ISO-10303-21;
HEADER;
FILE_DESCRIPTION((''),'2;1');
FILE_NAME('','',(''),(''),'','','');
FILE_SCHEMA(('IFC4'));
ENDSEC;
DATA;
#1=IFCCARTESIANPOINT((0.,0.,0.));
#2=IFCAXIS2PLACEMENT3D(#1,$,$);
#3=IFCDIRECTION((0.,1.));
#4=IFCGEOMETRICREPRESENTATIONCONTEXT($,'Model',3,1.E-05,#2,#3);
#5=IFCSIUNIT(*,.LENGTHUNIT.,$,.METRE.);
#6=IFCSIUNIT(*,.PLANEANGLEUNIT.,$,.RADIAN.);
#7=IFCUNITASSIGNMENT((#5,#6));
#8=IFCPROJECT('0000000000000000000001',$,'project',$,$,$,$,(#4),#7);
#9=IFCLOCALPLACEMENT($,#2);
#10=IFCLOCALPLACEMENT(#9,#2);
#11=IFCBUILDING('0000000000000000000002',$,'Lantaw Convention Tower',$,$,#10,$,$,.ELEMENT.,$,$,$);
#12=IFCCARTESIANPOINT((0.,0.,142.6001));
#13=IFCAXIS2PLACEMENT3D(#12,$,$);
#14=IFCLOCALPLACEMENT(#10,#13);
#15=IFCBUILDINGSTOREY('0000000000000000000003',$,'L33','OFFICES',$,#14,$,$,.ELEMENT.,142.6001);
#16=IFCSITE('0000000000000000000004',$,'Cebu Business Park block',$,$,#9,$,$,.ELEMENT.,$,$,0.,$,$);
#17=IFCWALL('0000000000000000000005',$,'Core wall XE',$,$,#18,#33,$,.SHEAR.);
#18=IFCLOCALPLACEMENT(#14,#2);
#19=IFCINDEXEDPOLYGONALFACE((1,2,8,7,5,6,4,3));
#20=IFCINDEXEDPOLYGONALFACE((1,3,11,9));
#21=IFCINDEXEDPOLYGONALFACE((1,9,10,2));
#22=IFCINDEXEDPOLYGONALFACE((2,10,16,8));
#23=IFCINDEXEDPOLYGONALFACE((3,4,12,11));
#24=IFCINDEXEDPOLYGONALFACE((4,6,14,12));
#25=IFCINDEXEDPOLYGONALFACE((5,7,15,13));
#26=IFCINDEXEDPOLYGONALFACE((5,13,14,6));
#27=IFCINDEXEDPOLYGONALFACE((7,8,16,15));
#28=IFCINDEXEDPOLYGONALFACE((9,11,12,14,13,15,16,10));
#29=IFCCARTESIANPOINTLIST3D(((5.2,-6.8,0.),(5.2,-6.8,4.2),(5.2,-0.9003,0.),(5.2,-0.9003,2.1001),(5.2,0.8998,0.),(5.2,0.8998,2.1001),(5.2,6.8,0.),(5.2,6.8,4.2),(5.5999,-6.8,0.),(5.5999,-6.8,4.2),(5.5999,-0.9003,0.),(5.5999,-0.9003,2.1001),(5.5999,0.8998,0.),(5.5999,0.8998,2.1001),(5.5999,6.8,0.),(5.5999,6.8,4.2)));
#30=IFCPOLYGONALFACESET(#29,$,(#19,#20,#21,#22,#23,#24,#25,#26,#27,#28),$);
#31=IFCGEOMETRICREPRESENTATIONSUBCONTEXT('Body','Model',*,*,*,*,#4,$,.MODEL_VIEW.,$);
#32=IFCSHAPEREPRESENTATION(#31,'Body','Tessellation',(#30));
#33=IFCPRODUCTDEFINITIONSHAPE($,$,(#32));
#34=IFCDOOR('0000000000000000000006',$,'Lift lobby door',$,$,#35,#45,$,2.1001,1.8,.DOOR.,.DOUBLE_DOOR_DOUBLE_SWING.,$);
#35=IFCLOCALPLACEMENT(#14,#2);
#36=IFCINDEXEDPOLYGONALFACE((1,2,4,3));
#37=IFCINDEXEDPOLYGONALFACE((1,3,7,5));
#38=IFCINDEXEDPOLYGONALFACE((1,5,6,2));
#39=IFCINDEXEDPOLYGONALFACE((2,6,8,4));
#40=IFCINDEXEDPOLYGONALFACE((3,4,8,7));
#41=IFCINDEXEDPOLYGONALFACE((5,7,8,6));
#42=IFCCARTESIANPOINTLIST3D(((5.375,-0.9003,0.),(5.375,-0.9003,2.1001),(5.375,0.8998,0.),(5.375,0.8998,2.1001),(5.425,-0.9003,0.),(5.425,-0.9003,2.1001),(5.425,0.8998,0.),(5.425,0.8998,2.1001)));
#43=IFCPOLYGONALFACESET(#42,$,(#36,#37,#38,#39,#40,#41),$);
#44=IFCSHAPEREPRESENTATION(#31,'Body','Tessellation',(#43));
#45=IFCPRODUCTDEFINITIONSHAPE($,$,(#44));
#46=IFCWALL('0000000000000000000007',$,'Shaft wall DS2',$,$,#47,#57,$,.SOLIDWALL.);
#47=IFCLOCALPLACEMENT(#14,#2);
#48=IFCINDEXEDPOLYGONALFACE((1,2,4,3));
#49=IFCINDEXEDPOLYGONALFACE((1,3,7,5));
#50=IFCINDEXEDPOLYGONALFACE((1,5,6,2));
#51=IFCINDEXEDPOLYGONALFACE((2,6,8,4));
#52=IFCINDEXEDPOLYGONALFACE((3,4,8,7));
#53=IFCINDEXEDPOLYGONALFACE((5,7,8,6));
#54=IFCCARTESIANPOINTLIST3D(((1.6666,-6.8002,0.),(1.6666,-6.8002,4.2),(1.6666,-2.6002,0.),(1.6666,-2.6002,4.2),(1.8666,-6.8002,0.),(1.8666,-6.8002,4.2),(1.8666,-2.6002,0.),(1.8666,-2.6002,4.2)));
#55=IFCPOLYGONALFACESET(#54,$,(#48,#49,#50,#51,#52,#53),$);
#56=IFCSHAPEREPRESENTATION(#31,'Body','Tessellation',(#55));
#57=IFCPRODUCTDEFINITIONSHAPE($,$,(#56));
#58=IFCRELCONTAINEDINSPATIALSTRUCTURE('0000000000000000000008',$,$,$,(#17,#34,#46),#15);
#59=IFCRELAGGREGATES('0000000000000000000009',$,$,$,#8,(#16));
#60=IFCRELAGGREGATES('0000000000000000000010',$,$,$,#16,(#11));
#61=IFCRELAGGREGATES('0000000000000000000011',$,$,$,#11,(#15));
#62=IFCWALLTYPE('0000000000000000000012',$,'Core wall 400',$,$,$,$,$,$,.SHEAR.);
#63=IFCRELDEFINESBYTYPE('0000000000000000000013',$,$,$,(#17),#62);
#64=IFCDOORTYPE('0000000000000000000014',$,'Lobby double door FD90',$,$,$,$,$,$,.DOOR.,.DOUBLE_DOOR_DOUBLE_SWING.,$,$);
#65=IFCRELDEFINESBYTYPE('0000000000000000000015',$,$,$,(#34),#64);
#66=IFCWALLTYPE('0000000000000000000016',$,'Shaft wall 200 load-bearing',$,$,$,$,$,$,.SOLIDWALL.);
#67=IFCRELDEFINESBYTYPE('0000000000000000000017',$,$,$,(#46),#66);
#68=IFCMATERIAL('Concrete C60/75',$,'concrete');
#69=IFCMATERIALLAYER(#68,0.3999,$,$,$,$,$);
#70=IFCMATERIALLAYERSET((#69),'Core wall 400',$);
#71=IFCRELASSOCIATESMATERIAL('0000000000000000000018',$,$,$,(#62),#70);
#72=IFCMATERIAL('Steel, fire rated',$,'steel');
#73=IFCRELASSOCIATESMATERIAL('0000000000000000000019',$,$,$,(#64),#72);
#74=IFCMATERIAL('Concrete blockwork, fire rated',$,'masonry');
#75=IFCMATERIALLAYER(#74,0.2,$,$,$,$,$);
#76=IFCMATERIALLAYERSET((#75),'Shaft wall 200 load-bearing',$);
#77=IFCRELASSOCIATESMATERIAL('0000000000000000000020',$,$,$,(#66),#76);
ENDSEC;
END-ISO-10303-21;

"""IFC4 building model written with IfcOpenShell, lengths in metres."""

from ifc_helpers import new_model, si_unit, direction, frame, frame_2d, origin, place, context, subcontext, project, spatial, rectangle, extrude, material, layer, layer_set, type_object, element, fill, save


model = new_model("IFC4")

# Units and contexts
model_context = context("Model", 3, precision=1e-05, world=origin(), true_north=direction((0.0, 1.0)))
body_context = subcontext(model_context, "Body", "Model", "MODEL_VIEW")
ifc_project = project(units=[si_unit("LENGTHUNIT", "METRE"), si_unit("PLANEANGLEUNIT", "RADIAN")], contexts=[model_context])

# Site, building, storey
site_placement = place(None, origin())
site = spatial("IfcSite", under=ifc_project, at=site_placement, Name="Cebu Business Park block", CompositionType="ELEMENT", RefElevation=0.0)
building_placement = place(site_placement, origin())
building = spatial("IfcBuilding", under=site, at=building_placement, Name="Lantaw Convention Tower", CompositionType="ELEMENT")
storey_placement = place(building_placement, frame((0.0, 0.0, 142.6001)))
storey = spatial("IfcBuildingStorey", under=building, at=storey_placement, Name="L33", Description="OFFICES", CompositionType="ELEMENT", Elevation=142.6001)

# Wall, opening, door
ifc_material_1 = material(Name="Concrete C60/75", Category="concrete")
ifc_material_2 = material(Name="Steel, fire rated", Category="steel")
ifc_layer_1 = layer(ifc_material_1, 0.3999)
ifc_layer_set_1 = layer_set([ifc_layer_1], Name="Core wall 400")
wall_type_1 = type_object("IfcWallType", Name="Core wall 400", PredefinedType="SHEAR", material=ifc_layer_set_1)
wall_1_placement = place(storey_placement, frame((5.3999, -6.8, 0.0), z_axis=(0.0, 0.0, 1.0), x_axis=(0.0, 1.0, 0.0)))
wall_1 = element("IfcWall", 1, at=wall_1_placement, inside=storey, type_object=wall_type_1, Name="Core wall XE", PredefinedType="SHEAR", context=body_context, shape_type="SweptSolid", body=[
    extrude(rectangle(XDim=13.6001, YDim=0.3999, at=frame_2d((6.8, 0.0))), origin(), (0.0, 0.0, 1.0), 4.2),
])
opening_1_placement = place(wall_1_placement, frame((5.8999, 0.0, 0.0)))
opening_1 = element("IfcOpeningElement", 2, at=opening_1_placement, cuts=wall_1, PredefinedType="OPENING", context=body_context, shape_type="SweptSolid", body=[
    extrude(rectangle(XDim=1.8, YDim=2.1001, at=frame_2d((0.8999, 1.05))), frame((0.0, 0.21, 0.0), z_axis=(0.0, -1.0, 0.0), x_axis=(1.0, 0.0, 0.0)), (0.0, 0.0, 1.0), 0.4199),
])
door_type_1 = type_object("IfcDoorType", Name="Lobby double door FD90", OperationType="DOUBLE_DOOR_DOUBLE_SWING", PredefinedType="DOOR", material=ifc_material_2)
door_1_placement = place(opening_1_placement, origin())
door_1 = element("IfcDoor", 3, at=door_1_placement, inside=storey, type_object=door_type_1, Name="Lift lobby door", OperationType="DOUBLE_DOOR_DOUBLE_SWING", OverallHeight=2.1001, OverallWidth=1.8, PredefinedType="DOOR", context=body_context, shape_type="SweptSolid", body=[
    extrude(rectangle(XDim=1.8, YDim=2.1001, at=frame_2d((0.8999, 1.05))), frame((0.0, 0.0249, 0.0), z_axis=(0.0, -1.0, 0.0), x_axis=(1.0, 0.0, 0.0)), (0.0, 0.0, 1.0), 0.05),
])
fill(opening_1, door_1)

# Wall
ifc_material_3 = material(Name="Concrete blockwork, fire rated", Category="masonry")
ifc_layer_2 = layer(ifc_material_3, 0.2)
ifc_layer_set_2 = layer_set([ifc_layer_2], Name="Shaft wall 200 load-bearing")
wall_type_2 = type_object("IfcWallType", Name="Shaft wall 200 load-bearing", PredefinedType="SOLIDWALL", material=ifc_layer_set_2)
wall_2_placement = place(storey_placement, frame((1.7666, -2.6001, 0.0), z_axis=(0.0, 0.0, 1.0), x_axis=(0.0, -1.0, 0.0)))
element("IfcWall", 4, at=wall_2_placement, inside=storey, type_object=wall_type_2, Name="Shaft wall DS2", PredefinedType="SOLIDWALL", context=body_context, shape_type="SweptSolid", body=[
    extrude(rectangle(XDim=4.2, YDim=0.2, at=frame_2d((2.1001, 0.0))), origin(), (0.0, 0.0, 1.0), 4.2),
])

save(model, "model.ifc")
